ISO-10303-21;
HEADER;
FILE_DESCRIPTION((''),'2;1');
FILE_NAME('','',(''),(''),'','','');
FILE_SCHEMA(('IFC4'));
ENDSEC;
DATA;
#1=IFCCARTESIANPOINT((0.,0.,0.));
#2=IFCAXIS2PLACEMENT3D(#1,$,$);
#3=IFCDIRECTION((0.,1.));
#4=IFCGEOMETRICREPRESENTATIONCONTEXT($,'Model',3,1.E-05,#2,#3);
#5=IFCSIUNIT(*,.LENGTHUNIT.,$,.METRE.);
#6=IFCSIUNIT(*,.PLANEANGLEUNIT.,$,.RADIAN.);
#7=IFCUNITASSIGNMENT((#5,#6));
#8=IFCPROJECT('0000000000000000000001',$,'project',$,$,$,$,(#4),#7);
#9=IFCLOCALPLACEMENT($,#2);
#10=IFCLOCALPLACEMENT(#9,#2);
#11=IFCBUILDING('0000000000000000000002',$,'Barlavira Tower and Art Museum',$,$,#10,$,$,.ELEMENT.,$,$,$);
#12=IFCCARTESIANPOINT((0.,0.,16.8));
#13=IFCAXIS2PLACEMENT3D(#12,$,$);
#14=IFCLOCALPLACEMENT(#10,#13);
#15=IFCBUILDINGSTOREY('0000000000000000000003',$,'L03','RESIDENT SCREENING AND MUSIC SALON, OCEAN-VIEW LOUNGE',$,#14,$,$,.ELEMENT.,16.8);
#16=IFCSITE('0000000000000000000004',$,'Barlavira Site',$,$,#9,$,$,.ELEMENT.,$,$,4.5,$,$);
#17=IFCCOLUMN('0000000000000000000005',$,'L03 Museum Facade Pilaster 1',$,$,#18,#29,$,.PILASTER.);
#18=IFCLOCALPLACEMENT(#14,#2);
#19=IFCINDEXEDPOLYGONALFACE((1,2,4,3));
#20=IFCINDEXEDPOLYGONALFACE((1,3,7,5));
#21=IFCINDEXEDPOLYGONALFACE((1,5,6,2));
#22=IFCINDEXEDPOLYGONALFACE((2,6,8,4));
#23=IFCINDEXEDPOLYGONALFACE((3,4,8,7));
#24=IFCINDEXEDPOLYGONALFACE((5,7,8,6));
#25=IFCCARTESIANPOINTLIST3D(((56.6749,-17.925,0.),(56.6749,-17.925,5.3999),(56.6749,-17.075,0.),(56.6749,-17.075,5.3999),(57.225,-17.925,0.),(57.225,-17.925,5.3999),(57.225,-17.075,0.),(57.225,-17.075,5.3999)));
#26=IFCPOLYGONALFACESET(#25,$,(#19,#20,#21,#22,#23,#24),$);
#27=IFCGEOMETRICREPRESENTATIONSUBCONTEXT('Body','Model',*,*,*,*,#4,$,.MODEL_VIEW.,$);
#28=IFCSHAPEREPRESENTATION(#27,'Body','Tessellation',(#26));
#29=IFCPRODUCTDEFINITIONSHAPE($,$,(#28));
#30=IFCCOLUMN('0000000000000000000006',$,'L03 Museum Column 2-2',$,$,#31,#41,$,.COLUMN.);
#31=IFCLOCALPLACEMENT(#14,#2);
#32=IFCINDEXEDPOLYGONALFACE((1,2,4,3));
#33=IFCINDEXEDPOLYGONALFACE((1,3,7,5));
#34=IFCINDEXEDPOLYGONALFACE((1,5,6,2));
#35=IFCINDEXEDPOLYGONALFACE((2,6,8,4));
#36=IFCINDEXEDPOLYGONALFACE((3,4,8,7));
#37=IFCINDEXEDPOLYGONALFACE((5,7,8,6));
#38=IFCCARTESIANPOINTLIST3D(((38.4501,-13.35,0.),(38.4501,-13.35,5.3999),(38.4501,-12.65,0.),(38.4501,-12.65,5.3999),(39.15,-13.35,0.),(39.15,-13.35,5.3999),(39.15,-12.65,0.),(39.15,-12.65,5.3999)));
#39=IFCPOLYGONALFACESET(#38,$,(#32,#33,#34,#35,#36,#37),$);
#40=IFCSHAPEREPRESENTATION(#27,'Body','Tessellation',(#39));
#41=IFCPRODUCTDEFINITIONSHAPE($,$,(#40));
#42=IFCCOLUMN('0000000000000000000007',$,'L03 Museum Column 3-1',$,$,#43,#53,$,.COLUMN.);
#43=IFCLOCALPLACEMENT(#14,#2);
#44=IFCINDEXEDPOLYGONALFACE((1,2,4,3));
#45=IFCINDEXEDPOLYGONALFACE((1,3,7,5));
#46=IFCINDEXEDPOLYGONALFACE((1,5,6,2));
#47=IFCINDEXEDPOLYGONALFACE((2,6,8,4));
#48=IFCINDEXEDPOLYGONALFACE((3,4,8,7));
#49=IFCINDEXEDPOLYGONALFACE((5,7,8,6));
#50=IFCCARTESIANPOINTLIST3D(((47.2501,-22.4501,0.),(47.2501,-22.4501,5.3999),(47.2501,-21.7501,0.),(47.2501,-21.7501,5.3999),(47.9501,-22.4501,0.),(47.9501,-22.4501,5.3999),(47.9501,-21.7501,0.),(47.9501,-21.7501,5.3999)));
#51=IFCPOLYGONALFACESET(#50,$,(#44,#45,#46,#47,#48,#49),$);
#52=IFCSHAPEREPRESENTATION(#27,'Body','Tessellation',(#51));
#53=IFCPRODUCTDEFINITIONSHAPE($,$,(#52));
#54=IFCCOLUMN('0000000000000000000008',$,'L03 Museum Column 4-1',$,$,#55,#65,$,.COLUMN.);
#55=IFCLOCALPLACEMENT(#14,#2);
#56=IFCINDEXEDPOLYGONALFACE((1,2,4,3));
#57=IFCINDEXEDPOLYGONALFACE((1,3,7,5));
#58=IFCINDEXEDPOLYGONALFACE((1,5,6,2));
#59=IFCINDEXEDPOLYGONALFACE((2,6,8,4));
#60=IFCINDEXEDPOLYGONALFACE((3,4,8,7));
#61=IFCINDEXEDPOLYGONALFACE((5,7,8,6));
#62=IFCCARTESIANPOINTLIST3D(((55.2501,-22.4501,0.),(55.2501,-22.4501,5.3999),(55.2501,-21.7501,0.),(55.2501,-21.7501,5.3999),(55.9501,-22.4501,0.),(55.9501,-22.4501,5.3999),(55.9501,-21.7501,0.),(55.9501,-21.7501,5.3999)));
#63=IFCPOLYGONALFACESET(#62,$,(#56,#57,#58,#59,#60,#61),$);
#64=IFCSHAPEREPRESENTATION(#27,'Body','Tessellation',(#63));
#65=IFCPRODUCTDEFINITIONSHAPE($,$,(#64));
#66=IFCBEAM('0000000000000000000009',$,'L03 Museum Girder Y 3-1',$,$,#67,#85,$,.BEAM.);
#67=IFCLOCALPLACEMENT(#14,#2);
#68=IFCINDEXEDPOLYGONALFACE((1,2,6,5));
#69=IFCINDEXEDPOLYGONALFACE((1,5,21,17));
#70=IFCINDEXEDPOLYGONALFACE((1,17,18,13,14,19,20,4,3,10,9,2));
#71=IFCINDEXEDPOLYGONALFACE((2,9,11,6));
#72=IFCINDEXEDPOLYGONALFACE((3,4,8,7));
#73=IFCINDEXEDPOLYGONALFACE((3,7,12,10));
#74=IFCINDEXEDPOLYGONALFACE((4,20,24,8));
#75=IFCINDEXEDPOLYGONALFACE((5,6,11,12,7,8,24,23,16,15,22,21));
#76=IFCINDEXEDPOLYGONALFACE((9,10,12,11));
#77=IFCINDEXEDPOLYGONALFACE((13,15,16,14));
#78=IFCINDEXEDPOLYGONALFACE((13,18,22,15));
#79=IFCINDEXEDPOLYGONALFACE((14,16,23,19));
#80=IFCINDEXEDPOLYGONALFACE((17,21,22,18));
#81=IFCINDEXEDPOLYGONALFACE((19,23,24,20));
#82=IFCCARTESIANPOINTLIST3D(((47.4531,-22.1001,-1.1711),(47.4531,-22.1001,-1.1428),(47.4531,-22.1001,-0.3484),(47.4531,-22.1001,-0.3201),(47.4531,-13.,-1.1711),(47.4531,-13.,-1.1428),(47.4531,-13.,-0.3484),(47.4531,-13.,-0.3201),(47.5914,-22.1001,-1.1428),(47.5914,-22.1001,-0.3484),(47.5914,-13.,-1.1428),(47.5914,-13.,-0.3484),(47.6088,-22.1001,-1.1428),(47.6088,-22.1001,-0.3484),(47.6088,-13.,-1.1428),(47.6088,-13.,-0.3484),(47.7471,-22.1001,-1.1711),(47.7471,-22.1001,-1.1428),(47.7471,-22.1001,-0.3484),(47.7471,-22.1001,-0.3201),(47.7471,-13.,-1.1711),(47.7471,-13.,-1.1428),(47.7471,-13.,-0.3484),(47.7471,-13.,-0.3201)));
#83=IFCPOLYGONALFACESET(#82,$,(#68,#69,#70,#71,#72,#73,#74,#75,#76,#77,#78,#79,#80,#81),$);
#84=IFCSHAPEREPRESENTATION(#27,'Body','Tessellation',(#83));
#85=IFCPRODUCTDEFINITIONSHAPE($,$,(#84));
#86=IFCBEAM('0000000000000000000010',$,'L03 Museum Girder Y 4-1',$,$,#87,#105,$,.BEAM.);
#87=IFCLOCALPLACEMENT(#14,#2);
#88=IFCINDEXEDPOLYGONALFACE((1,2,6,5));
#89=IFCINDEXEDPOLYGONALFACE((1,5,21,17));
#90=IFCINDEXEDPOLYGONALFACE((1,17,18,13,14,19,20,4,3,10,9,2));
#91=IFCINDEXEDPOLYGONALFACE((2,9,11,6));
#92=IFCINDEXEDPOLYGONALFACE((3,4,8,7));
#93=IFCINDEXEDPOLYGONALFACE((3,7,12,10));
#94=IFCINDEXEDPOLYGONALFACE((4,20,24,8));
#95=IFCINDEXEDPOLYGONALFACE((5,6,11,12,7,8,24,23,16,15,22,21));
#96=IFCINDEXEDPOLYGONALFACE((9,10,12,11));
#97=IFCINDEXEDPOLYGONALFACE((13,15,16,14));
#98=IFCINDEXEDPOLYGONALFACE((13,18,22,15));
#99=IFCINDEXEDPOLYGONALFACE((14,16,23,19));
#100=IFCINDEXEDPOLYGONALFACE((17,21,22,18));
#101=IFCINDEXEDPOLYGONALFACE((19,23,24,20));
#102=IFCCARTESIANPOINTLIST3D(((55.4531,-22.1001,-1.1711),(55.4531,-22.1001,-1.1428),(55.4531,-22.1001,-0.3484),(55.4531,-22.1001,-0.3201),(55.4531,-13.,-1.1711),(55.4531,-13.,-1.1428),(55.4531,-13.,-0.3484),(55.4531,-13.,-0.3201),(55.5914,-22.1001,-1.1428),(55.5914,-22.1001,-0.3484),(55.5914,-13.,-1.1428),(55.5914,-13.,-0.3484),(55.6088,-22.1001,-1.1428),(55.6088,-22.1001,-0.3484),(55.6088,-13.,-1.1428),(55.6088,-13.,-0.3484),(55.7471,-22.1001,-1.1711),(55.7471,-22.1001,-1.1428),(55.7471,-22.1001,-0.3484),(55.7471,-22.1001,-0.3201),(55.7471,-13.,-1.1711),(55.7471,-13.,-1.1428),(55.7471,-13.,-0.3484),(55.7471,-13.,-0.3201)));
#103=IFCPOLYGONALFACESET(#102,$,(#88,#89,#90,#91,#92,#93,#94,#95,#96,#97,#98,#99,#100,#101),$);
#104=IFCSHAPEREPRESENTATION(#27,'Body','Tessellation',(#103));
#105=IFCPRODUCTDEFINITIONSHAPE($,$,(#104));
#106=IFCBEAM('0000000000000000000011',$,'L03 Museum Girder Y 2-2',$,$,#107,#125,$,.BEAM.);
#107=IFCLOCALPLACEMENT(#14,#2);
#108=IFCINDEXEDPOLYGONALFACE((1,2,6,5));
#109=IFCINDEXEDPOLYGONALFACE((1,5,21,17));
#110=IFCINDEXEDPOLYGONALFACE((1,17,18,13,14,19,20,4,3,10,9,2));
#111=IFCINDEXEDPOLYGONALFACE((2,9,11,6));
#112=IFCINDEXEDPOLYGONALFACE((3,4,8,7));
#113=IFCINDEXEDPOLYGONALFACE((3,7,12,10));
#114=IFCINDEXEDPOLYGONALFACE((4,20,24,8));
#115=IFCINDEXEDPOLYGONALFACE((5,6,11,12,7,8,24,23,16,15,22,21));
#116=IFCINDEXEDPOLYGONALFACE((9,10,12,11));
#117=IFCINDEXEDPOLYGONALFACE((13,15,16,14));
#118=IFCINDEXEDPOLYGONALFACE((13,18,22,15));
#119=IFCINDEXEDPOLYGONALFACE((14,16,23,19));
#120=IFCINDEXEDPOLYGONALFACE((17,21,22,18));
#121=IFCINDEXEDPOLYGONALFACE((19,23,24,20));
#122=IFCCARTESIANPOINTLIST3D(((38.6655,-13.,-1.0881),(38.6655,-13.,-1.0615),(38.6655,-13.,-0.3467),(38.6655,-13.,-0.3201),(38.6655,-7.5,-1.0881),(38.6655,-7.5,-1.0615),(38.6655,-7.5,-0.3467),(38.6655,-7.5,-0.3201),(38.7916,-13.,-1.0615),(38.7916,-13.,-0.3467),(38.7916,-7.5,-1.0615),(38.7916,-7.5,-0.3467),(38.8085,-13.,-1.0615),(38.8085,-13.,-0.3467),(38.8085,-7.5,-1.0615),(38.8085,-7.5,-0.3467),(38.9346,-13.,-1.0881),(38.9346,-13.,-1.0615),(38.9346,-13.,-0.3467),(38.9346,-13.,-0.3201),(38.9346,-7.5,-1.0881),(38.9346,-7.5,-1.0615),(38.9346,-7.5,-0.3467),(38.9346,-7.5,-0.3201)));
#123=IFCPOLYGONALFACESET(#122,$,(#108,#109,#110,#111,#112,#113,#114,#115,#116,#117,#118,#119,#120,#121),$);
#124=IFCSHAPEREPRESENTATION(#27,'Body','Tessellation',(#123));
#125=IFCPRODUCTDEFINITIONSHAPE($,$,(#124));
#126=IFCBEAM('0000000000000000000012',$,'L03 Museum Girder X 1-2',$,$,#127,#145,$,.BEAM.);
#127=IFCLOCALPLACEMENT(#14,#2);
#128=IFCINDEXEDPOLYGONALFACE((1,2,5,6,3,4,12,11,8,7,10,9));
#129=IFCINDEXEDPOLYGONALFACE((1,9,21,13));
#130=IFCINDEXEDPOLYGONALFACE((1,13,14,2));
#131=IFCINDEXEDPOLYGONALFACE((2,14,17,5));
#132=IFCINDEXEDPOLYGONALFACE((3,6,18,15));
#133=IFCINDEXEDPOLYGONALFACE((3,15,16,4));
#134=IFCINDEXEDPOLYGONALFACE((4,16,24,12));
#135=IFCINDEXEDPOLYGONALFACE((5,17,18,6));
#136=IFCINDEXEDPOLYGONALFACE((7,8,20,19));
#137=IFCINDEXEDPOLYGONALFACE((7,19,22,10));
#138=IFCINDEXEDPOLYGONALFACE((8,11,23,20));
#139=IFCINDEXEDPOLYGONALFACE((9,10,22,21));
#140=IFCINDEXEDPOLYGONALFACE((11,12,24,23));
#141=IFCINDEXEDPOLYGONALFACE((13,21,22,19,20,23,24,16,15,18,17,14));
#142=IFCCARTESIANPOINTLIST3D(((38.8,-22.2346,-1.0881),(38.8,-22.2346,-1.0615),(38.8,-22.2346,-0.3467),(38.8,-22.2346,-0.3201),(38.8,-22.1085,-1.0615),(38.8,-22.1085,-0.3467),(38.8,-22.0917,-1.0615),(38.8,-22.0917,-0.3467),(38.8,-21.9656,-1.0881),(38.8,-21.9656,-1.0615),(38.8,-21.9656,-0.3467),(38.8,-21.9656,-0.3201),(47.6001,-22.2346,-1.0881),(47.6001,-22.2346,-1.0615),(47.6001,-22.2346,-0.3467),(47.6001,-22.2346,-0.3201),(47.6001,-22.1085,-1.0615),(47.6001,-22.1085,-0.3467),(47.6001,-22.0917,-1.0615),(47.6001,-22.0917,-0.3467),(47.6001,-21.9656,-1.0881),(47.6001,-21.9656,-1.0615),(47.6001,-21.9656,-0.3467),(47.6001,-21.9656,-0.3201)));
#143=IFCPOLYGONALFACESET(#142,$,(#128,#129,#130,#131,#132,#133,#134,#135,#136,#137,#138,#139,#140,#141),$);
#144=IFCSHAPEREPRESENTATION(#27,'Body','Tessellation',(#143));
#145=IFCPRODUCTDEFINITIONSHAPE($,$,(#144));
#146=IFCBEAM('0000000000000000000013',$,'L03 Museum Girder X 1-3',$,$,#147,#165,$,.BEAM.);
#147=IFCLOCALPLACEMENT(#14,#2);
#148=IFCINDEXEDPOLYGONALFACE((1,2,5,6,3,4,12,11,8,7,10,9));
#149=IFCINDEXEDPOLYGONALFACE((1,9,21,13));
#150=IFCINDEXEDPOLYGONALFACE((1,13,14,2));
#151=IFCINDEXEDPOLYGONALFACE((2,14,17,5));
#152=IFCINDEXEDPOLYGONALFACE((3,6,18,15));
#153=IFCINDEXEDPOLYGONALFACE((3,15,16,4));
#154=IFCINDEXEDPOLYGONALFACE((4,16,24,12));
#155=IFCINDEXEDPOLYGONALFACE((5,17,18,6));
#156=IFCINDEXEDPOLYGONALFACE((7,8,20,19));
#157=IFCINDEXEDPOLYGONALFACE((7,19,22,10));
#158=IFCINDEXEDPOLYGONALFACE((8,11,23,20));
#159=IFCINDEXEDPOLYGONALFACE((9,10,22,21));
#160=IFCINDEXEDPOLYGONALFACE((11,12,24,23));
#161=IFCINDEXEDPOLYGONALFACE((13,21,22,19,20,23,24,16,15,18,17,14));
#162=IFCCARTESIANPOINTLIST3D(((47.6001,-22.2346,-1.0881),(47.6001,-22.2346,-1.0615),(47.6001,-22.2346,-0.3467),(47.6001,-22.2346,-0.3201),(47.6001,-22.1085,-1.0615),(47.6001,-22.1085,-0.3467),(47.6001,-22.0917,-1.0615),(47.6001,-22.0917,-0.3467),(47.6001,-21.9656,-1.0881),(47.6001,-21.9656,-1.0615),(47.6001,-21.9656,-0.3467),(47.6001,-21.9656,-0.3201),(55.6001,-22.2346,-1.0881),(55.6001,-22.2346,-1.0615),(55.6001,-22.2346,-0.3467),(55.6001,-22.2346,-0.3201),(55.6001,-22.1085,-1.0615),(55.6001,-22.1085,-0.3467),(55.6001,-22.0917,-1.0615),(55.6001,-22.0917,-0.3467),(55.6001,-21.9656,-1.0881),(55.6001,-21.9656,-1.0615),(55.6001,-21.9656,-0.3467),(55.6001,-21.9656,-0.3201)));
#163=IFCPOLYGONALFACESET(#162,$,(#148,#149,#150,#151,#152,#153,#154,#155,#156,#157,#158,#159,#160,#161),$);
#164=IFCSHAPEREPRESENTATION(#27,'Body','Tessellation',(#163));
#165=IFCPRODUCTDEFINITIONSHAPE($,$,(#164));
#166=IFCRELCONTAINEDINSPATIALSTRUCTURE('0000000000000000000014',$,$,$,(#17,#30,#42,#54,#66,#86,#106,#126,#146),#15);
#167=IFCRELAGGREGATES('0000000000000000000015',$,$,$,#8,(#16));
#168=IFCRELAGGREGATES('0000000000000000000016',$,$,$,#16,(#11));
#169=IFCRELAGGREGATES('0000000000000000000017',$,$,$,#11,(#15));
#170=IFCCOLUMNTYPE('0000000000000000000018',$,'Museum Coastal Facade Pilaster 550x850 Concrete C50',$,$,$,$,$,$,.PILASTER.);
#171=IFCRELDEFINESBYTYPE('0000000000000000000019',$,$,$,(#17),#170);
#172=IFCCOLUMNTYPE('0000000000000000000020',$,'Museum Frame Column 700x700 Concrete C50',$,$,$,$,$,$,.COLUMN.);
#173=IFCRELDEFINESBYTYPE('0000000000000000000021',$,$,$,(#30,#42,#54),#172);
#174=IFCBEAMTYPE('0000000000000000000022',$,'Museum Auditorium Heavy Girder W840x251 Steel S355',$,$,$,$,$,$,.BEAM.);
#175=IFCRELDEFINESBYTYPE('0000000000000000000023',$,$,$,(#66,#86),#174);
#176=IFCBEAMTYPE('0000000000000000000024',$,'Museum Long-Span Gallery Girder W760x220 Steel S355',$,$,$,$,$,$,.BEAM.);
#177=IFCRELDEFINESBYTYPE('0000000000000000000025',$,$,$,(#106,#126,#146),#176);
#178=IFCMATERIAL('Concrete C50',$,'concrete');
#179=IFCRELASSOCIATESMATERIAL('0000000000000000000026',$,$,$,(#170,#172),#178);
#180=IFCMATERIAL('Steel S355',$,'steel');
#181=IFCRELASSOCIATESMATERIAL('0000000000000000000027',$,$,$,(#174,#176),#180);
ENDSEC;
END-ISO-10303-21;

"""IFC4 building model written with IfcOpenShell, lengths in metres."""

from ifc_helpers import new_model, si_unit, direction, frame, origin, origin_2d, place, context, subcontext, project, spatial, rectangle, i_section, extrude, material, material_profile, profile_set, type_object, element, save


model = new_model("IFC4")

# Units and contexts
model_context = context("Model", 3, precision=1e-05, world=origin(), true_north=direction((0.0, 1.0)))
body_context = subcontext(model_context, "Body", "Model", "MODEL_VIEW")
ifc_project = project(units=[si_unit("LENGTHUNIT", "METRE"), si_unit("PLANEANGLEUNIT", "RADIAN")], contexts=[model_context])

# Site, building, storey
site_placement = place(None, origin())
site = spatial("IfcSite", under=ifc_project, at=site_placement, Name="Barlavira Site", CompositionType="ELEMENT", RefElevation=4.5)
building_placement = place(site_placement, origin())
building = spatial("IfcBuilding", under=site, at=building_placement, Name="Barlavira Tower and Art Museum", CompositionType="ELEMENT")
storey_placement = place(building_placement, frame((0.0, 0.0, 16.8)))
storey = spatial("IfcBuildingStorey", under=building, at=storey_placement, Name="L03", Description="RESIDENT SCREENING AND MUSIC SALON, OCEAN-VIEW LOUNGE", CompositionType="ELEMENT", Elevation=16.8)

# Columns
ifc_material_1 = material(Name="Concrete C50", Category="concrete")
ifc_material_profile_1 = material_profile(ifc_material_1, rectangle(XDim=0.55, YDim=0.8501, at=origin_2d()), Name="RC-PIL 550x850")
ifc_profile_set_1 = profile_set([ifc_material_profile_1], Name="Concrete C50")
column_type_1 = type_object("IfcColumnType", Name="Museum Coastal Facade Pilaster 550x850 Concrete C50", PredefinedType="PILASTER", material=ifc_profile_set_1)
column_placement = place(storey_placement, frame((56.95, -17.5, 0.0), z_axis=(0.0, 0.0, 1.0), x_axis=(1.0, 0.0, 0.0)))
element("IfcColumn", 1, at=column_placement, inside=storey, type_object=column_type_1, Name="L03 Museum Facade Pilaster 1", PredefinedType="PILASTER", context=body_context, shape_type="SweptSolid", body=[
    extrude(rectangle(XDim=0.55, YDim=0.8501, at=origin_2d()), origin(), (0.0, 0.0, 1.0), 5.3999),
])
ifc_material_profile_2 = material_profile(ifc_material_1, rectangle(XDim=0.7, YDim=0.7, at=origin_2d()), Name="RC-COL 700x700")
ifc_profile_set_2 = profile_set([ifc_material_profile_2], Name="Concrete C50")
column_type_2 = type_object("IfcColumnType", Name="Museum Frame Column 700x700 Concrete C50", PredefinedType="COLUMN", material=ifc_profile_set_2)
for number, where, z_axis, x_axis, name in (
    (2, (38.8, -13.0, 0.0), (0.0, 0.0, 1.0), (1.0, 0.0, 0.0), "L03 Museum Column 2-2"),
    (3, (47.6001, -22.1001, 0.0), (0.0, 0.0, 1.0), (1.0, 0.0, 0.0), "L03 Museum Column 3-1"),
    (4, (55.6001, -22.1001, 0.0), (0.0, 0.0, 1.0), (1.0, 0.0, 0.0), "L03 Museum Column 4-1"),
):
    element("IfcColumn", number, at=place(storey_placement, frame(where, z_axis=z_axis, x_axis=x_axis)), inside=storey, type_object=column_type_2, Name=name, PredefinedType="COLUMN", context=body_context, shape_type="SweptSolid", body=[
        extrude(rectangle(XDim=0.7, YDim=0.7, at=origin_2d()), origin(), (0.0, 0.0, 1.0), 5.3999),
    ])

# Beams
ifc_material_2 = material(Name="Steel S355", Category="steel")
ifc_material_profile_3 = material_profile(ifc_material_2, i_section(OverallWidth=0.2939, OverallDepth=0.8511, WebThickness=0.0173, FlangeThickness=0.0283, at=origin_2d()), Name="W840x251.0")
ifc_profile_set_3 = profile_set([ifc_material_profile_3], Name="Steel S355")
beam_type_1 = type_object("IfcBeamType", Name="Museum Auditorium Heavy Girder W840x251 Steel S355", PredefinedType="BEAM", material=ifc_profile_set_3)
for number, where, z_axis, x_axis, name in (
    (5, (47.6001, -22.1001, -0.7456), (0.0, 1.0, 0.0), (-1.0, 0.0, 0.0), "L03 Museum Girder Y 3-1"),
    (6, (55.6001, -22.1001, -0.7456), (0.0, 1.0, 0.0), (-1.0, 0.0, 0.0), "L03 Museum Girder Y 4-1"),
):
    element("IfcBeam", number, at=place(storey_placement, frame(where, z_axis=z_axis, x_axis=x_axis)), inside=storey, type_object=beam_type_1, Name=name, PredefinedType="BEAM", context=body_context, shape_type="SweptSolid", body=[
        extrude(i_section(OverallWidth=0.2939, OverallDepth=0.8511, WebThickness=0.0173, FlangeThickness=0.0283, at=origin_2d()), origin(), (0.0, 0.0, 1.0), 9.1001),
    ])
ifc_material_profile_4 = material_profile(ifc_material_2, i_section(OverallWidth=0.269, OverallDepth=0.7681, WebThickness=0.0168, FlangeThickness=0.0266, at=origin_2d()), Name="W760x220.0")
ifc_profile_set_4 = profile_set([ifc_material_profile_4], Name="Steel S355")
beam_type_2 = type_object("IfcBeamType", Name="Museum Long-Span Gallery Girder W760x220 Steel S355", PredefinedType="BEAM", material=ifc_profile_set_4)
beam_1_placement = place(storey_placement, frame((38.8, -13.0, -0.7041), z_axis=(0.0, 1.0, 0.0), x_axis=(-1.0, 0.0, 0.0)))
element("IfcBeam", 7, at=beam_1_placement, inside=storey, type_object=beam_type_2, Name="L03 Museum Girder Y 2-2", PredefinedType="BEAM", context=body_context, shape_type="SweptSolid", body=[
    extrude(i_section(OverallWidth=0.269, OverallDepth=0.7681, WebThickness=0.0168, FlangeThickness=0.0266, at=origin_2d()), origin(), (0.0, 0.0, 1.0), 5.5),
])
beam_2_placement = place(storey_placement, frame((38.8, -22.1001, -0.7041), z_axis=(1.0, 0.0, 0.0), x_axis=(0.0, 1.0, 0.0)))
element("IfcBeam", 8, at=beam_2_placement, inside=storey, type_object=beam_type_2, Name="L03 Museum Girder X 1-2", PredefinedType="BEAM", context=body_context, shape_type="SweptSolid", body=[
    extrude(i_section(OverallWidth=0.269, OverallDepth=0.7681, WebThickness=0.0168, FlangeThickness=0.0266, at=origin_2d()), origin(), (0.0, 0.0, 1.0), 8.8),
])
beam_3_placement = place(storey_placement, frame((47.6001, -22.1001, -0.7041), z_axis=(1.0, 0.0, 0.0), x_axis=(0.0, 1.0, 0.0)))
element("IfcBeam", 9, at=beam_3_placement, inside=storey, type_object=beam_type_2, Name="L03 Museum Girder X 1-3", PredefinedType="BEAM", context=body_context, shape_type="SweptSolid", body=[
    extrude(i_section(OverallWidth=0.269, OverallDepth=0.7681, WebThickness=0.0168, FlangeThickness=0.0266, at=origin_2d()), origin(), (0.0, 0.0, 1.0), 8.0),
])

save(model, "model.ifc")
